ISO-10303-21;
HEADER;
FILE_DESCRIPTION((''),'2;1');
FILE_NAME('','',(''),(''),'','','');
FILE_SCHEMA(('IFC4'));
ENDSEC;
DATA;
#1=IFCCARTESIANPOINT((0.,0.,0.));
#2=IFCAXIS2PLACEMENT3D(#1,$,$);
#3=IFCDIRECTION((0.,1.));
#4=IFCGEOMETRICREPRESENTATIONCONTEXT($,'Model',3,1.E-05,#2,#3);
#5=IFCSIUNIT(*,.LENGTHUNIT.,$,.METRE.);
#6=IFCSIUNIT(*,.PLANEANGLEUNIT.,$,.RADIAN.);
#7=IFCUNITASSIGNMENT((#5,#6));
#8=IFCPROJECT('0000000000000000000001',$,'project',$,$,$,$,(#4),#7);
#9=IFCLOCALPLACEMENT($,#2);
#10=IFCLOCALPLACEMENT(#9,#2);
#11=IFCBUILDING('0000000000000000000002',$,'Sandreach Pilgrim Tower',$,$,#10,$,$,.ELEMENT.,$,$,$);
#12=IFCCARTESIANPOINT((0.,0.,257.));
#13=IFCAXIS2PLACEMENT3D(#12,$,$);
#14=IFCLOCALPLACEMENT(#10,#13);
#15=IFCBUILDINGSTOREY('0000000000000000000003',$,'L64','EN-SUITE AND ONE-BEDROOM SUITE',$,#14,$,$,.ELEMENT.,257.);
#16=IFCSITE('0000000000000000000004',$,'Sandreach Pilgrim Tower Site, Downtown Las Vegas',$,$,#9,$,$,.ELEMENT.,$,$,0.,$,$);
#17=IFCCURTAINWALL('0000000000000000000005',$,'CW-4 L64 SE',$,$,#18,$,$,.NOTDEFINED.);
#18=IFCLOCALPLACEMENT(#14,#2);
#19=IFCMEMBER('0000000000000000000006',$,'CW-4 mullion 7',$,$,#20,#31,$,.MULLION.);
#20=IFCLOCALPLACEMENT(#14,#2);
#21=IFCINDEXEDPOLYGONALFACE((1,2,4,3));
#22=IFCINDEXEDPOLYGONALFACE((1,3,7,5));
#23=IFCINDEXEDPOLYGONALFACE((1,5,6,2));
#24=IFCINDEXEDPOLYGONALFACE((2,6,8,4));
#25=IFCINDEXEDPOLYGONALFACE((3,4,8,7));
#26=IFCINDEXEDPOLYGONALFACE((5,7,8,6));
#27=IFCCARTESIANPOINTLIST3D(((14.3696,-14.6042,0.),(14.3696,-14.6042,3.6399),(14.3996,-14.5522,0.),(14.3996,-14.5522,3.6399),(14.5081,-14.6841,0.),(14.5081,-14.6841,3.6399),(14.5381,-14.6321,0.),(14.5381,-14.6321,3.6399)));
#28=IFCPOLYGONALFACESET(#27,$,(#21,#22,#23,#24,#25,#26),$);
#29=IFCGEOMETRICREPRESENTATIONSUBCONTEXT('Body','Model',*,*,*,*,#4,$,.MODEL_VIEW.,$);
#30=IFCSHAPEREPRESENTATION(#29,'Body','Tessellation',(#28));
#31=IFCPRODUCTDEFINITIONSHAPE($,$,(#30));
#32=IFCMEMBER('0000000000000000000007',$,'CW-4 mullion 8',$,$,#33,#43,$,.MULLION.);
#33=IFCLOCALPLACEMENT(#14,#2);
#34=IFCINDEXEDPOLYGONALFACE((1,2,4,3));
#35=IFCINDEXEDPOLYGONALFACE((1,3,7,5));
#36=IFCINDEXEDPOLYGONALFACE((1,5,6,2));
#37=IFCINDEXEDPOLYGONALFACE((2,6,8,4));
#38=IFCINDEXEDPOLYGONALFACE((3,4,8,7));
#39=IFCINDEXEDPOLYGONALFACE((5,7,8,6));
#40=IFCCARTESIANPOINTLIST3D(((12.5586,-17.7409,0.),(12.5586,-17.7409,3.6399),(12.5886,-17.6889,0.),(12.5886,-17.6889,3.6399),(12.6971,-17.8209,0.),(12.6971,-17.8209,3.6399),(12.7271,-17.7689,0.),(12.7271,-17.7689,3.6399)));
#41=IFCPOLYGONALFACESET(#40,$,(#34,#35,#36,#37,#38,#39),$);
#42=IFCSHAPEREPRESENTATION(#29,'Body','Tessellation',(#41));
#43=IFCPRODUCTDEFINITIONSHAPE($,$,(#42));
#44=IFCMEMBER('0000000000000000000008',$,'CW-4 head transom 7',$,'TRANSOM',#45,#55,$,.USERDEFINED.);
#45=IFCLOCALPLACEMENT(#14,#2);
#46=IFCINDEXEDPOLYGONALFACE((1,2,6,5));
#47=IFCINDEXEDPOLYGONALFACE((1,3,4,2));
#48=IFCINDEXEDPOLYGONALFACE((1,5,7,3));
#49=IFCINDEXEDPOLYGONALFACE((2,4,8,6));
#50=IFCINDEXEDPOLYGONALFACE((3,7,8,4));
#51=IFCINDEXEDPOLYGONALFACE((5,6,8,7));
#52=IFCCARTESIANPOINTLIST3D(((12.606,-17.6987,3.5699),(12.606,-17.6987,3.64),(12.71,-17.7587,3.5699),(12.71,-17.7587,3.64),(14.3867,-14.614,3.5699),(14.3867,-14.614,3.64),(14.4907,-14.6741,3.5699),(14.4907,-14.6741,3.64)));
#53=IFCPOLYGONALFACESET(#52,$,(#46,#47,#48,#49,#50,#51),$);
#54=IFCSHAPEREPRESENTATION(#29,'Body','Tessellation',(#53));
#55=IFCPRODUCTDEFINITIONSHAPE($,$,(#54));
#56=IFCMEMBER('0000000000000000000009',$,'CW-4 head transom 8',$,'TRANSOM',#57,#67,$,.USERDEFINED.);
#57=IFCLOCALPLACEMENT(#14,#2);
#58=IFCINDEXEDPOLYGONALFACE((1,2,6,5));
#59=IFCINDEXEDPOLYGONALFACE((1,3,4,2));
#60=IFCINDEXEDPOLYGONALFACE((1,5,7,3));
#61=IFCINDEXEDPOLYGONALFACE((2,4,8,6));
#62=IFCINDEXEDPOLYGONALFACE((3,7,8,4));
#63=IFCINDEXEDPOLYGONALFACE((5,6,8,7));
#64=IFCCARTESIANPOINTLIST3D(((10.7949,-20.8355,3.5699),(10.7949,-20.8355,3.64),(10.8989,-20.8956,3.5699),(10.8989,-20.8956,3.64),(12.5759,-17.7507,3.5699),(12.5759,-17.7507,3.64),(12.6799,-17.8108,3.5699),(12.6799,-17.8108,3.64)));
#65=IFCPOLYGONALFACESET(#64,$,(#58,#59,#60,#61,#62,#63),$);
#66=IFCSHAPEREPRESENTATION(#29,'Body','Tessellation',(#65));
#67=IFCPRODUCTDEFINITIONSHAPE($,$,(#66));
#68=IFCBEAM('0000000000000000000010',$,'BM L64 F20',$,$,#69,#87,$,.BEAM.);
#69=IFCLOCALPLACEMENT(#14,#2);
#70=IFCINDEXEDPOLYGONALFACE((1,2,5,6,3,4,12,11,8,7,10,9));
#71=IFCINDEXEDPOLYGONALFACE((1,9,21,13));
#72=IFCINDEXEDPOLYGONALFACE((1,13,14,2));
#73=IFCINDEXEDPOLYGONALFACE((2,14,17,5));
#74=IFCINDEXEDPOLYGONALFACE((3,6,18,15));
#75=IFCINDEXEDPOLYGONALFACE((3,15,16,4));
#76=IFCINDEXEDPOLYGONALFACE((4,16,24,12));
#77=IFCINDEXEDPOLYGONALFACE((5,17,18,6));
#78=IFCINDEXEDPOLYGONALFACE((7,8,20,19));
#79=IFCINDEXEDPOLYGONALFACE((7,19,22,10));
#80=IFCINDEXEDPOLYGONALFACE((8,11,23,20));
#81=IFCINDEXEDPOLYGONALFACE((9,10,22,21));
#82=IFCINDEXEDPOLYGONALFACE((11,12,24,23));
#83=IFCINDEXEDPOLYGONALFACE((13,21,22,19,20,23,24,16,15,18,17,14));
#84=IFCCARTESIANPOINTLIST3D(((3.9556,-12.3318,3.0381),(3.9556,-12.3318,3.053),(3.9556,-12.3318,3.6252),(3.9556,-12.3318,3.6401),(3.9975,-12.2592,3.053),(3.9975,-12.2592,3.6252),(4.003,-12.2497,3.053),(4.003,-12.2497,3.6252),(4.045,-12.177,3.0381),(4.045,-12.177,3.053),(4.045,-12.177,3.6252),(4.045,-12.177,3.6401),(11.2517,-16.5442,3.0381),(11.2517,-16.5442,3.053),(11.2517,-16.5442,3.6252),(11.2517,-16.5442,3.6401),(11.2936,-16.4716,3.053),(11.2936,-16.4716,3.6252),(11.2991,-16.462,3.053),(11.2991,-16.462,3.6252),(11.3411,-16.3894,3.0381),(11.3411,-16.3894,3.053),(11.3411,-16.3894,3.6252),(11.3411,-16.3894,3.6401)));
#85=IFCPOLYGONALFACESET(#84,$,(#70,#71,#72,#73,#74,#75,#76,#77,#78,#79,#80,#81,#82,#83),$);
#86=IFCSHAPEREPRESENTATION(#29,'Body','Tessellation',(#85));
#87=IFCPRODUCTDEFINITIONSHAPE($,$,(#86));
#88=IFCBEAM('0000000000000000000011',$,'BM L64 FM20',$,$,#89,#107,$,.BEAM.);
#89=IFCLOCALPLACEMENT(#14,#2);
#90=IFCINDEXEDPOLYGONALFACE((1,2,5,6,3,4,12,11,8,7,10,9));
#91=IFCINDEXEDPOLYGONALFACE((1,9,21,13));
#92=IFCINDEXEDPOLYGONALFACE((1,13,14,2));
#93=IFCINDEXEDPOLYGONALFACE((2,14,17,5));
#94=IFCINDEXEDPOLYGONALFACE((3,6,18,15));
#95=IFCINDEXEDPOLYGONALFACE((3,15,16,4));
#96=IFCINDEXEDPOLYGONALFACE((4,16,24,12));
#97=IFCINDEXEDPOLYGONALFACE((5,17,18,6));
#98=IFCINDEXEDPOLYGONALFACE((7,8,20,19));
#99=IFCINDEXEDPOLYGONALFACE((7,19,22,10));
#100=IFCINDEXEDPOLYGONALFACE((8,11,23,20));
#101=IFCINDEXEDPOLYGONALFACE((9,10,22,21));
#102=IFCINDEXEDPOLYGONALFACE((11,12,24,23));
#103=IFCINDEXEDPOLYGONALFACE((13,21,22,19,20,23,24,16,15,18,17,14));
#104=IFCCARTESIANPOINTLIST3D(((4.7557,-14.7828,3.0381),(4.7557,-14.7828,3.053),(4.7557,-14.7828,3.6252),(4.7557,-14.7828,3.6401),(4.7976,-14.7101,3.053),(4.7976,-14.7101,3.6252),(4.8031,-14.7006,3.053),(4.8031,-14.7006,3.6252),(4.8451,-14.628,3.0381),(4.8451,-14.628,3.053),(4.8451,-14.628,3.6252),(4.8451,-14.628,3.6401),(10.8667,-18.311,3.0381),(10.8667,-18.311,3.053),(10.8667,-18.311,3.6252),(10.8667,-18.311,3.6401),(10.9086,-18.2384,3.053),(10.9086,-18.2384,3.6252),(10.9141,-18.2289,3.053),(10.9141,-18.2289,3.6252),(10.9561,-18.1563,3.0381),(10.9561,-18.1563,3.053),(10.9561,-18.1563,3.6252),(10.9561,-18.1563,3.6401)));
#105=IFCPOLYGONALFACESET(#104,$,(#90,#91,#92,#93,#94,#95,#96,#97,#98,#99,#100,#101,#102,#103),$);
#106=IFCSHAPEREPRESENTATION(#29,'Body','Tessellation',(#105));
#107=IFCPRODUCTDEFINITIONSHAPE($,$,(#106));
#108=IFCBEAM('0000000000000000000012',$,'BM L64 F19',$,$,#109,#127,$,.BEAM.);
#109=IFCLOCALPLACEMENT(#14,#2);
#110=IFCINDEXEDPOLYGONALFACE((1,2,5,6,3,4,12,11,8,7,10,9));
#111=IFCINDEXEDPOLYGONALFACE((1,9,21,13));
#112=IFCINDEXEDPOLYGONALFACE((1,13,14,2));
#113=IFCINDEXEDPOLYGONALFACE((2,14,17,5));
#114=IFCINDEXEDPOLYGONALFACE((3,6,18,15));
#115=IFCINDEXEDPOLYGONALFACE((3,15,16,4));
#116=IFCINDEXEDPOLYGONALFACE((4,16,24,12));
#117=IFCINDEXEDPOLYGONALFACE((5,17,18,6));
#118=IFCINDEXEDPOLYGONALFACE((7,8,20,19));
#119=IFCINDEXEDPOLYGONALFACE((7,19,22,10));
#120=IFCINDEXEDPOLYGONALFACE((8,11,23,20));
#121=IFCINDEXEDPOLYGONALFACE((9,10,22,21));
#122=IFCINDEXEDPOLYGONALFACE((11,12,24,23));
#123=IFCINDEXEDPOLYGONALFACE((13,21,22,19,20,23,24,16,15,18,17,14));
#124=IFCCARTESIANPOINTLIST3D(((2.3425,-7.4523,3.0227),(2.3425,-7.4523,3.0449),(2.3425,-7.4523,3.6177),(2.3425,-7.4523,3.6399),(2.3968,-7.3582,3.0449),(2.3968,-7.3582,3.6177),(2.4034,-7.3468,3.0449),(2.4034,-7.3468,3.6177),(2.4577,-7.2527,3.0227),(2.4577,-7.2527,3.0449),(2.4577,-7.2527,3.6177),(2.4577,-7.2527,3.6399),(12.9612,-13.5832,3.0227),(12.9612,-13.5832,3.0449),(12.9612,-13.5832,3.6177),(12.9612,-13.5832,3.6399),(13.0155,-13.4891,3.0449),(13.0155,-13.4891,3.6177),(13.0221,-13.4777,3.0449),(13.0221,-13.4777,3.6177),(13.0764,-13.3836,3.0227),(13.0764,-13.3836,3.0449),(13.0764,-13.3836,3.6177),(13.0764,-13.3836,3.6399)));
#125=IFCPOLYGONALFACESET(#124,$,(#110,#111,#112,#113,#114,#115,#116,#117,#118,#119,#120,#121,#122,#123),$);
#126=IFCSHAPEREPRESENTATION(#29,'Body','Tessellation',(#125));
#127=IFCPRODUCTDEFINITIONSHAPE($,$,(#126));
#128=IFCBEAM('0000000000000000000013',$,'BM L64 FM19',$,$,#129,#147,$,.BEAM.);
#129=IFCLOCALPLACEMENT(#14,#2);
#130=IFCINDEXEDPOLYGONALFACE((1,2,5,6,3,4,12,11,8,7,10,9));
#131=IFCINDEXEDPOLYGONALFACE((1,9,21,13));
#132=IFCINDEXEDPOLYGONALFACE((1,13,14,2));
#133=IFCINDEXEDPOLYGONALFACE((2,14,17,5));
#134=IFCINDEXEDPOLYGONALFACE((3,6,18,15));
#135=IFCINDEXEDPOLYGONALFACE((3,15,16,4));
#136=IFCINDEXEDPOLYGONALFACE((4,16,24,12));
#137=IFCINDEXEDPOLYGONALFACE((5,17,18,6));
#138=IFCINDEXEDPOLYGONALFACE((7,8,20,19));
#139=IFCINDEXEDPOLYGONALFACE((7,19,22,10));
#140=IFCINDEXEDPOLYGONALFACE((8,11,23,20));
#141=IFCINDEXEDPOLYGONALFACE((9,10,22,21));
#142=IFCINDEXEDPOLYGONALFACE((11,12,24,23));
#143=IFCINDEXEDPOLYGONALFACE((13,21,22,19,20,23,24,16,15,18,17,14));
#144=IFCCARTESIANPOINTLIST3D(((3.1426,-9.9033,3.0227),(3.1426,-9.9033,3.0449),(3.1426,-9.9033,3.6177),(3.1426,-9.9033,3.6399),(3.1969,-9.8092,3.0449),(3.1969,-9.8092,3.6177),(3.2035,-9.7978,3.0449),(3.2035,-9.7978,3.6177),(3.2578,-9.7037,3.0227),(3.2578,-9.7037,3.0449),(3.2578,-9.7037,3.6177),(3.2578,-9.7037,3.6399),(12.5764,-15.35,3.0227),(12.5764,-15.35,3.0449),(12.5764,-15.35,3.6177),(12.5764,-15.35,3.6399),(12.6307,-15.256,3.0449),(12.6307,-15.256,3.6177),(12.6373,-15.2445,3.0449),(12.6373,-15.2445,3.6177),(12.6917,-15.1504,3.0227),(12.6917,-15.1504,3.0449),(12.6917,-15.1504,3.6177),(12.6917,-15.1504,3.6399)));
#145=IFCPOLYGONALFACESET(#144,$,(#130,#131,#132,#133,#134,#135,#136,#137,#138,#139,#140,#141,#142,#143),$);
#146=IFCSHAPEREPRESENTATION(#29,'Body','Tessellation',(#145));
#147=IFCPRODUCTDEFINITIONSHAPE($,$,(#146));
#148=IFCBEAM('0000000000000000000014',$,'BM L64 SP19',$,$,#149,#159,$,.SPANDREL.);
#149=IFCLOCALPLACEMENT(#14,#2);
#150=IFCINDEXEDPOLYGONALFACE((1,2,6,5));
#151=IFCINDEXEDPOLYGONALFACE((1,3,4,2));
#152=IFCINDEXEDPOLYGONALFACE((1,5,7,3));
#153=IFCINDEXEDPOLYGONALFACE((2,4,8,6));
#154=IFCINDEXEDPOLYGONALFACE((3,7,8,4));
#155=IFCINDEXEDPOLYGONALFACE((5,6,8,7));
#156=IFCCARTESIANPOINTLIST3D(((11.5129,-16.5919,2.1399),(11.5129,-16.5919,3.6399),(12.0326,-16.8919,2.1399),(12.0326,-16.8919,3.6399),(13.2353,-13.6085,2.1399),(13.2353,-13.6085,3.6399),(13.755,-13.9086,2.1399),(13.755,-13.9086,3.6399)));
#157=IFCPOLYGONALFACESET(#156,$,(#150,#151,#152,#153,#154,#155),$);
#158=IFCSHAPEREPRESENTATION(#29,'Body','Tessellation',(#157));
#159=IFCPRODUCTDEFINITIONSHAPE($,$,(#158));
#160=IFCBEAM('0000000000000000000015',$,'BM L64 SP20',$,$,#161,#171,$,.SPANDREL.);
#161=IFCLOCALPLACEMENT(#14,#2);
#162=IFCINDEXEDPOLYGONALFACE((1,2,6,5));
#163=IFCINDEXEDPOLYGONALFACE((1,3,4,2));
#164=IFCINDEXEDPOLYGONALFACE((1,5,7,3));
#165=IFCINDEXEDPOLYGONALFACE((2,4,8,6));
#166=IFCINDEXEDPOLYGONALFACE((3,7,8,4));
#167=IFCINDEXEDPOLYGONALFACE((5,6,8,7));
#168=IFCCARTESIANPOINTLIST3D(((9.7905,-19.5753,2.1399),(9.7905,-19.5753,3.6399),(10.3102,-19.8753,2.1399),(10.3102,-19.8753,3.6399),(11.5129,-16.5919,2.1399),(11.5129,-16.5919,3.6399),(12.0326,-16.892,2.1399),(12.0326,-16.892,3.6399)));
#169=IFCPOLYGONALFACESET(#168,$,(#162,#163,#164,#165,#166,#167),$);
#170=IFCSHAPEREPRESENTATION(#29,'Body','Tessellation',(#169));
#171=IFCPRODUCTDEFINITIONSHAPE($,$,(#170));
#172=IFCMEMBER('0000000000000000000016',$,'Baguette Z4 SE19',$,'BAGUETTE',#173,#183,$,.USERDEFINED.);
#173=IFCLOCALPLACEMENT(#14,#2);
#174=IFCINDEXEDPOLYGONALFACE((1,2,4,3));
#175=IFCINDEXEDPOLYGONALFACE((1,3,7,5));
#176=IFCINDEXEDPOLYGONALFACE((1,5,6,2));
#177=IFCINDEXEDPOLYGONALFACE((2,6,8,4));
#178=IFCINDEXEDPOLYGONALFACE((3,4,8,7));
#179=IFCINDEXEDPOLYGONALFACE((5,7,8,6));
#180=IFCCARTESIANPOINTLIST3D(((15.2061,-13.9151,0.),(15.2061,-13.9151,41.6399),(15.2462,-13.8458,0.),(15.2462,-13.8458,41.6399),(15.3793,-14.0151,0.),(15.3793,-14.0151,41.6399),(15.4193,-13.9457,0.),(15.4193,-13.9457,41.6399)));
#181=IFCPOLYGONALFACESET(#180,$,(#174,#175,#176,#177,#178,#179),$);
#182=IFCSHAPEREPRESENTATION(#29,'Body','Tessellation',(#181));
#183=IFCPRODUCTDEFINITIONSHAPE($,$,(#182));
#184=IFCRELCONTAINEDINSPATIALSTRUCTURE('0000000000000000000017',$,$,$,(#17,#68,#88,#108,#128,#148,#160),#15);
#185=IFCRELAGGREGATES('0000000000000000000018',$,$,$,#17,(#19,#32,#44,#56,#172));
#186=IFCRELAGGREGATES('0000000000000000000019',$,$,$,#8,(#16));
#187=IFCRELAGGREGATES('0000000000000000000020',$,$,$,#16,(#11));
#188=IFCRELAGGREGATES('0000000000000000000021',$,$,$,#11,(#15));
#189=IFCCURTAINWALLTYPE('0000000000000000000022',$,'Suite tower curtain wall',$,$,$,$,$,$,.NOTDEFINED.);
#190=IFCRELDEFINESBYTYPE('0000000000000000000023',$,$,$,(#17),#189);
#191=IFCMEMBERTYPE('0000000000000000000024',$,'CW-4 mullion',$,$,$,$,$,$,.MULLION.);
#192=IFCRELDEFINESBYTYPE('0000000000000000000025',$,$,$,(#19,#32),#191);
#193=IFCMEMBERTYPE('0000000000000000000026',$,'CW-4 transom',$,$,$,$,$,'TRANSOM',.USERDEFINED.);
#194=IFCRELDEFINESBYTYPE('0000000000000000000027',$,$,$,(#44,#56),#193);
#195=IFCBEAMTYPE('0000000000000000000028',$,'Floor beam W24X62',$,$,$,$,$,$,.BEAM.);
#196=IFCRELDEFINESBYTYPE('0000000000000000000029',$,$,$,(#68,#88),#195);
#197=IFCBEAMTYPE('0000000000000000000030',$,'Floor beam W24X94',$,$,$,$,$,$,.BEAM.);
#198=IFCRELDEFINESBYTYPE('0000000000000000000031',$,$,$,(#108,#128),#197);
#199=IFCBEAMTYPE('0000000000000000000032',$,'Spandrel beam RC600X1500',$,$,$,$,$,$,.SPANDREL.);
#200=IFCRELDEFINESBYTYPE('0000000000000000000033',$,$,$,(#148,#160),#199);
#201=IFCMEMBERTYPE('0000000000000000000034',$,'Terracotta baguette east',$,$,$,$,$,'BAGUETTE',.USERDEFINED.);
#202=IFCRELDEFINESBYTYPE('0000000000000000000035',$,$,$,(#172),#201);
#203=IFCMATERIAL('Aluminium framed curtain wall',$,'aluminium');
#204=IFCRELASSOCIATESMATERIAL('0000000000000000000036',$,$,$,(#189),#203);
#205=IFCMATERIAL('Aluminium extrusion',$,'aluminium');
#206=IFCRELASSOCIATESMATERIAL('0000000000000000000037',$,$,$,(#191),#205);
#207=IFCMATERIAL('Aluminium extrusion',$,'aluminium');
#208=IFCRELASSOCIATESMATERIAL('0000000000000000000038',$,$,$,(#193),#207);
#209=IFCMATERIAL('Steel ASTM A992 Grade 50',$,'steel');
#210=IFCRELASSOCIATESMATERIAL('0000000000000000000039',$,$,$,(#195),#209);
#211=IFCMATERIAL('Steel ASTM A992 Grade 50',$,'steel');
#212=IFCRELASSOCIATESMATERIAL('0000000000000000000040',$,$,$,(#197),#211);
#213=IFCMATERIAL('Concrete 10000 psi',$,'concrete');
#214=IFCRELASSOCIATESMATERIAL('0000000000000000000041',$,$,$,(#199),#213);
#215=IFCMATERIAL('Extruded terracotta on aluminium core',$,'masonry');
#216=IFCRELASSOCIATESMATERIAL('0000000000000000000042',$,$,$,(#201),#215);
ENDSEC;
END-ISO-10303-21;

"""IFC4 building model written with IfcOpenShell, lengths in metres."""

from ifc_helpers import new_model, si_unit, direction, frame, origin, origin_2d, place, context, subcontext, project, spatial, rectangle, i_section, extrude, material, material_profile, profile_set, type_object, element, aggregate, save


model = new_model("IFC4")

# Units and contexts
model_context = context("Model", 3, precision=1e-05, world=origin(), true_north=direction((0.0, 1.0)))
body_context = subcontext(model_context, "Body", "Model", "MODEL_VIEW")
ifc_project = project(units=[si_unit("LENGTHUNIT", "METRE"), si_unit("PLANEANGLEUNIT", "RADIAN")], contexts=[model_context])

# Site, building, storey
site_placement = place(None, origin())
site = spatial("IfcSite", under=ifc_project, at=site_placement, Name="Sandreach Pilgrim Tower Site, Downtown Las Vegas", CompositionType="ELEMENT", RefElevation=0.0)
building_placement = place(site_placement, origin())
building = spatial("IfcBuilding", under=site, at=building_placement, Name="Sandreach Pilgrim Tower", CompositionType="ELEMENT")
storey_placement = place(building_placement, frame((0.0, 0.0, 257.0)))
storey = spatial("IfcBuildingStorey", under=building, at=storey_placement, Name="L64", Description="EN-SUITE AND ONE-BEDROOM SUITE", CompositionType="ELEMENT", Elevation=257.0)

# Curtain wall, members
ifc_material_1 = material(Name="Aluminium framed curtain wall", Category="aluminium")
curtain_wall_type = type_object("IfcCurtainWallType", Name="Suite tower curtain wall", PredefinedType="NOTDEFINED", material=ifc_material_1)
curtain_wall_placement = place(storey_placement, origin())
curtain_wall = element("IfcCurtainWall", 1, at=curtain_wall_placement, inside=storey, type_object=curtain_wall_type, Name="CW-4 L64 SE", PredefinedType="NOTDEFINED")
ifc_material_2 = material(Name="Aluminium extrusion", Category="aluminium")
ifc_material_profile_1 = material_profile(ifc_material_2, rectangle(XDim=0.0601, YDim=0.1599, at=origin_2d()), Name="CW-4M 60X160")
ifc_profile_set_1 = profile_set([ifc_material_profile_1], Name="Aluminium extrusion")
member_type_1 = type_object("IfcMemberType", Name="CW-4 mullion", PredefinedType="MULLION", material=ifc_profile_set_1)
member_1_placement = place(storey_placement, frame((14.4539, -14.6182, 0.0), z_axis=(0.0, 0.0, 1.0), x_axis=(-0.5, -0.866025, 0.0)))
member_1 = element("IfcMember", 2, at=member_1_placement, type_object=member_type_1, Name="CW-4 mullion 7", PredefinedType="MULLION", context=body_context, shape_type="SweptSolid", body=[
    extrude(rectangle(XDim=0.0601, YDim=0.1599, at=origin_2d()), origin(), (0.0, 0.0, 1.0), 3.6399),
])
member_2_placement = place(storey_placement, frame((12.6428, -17.7549, 0.0), z_axis=(0.0, 0.0, 1.0), x_axis=(-0.5, -0.866025, 0.0)))
member_2 = element("IfcMember", 3, at=member_2_placement, type_object=member_type_1, Name="CW-4 mullion 8", PredefinedType="MULLION", context=body_context, shape_type="SweptSolid", body=[
    extrude(rectangle(XDim=0.0601, YDim=0.1599, at=origin_2d()), origin(), (0.0, 0.0, 1.0), 3.6399),
])
ifc_material_3 = material(Name="Aluminium extrusion", Category="aluminium")
ifc_material_profile_2 = material_profile(ifc_material_3, rectangle(XDim=0.1201, YDim=0.0701, at=origin_2d()), Name="CW-4T 120X70")
ifc_profile_set_2 = profile_set([ifc_material_profile_2], Name="Aluminium extrusion")
member_type_2 = type_object("IfcMemberType", Name="CW-4 transom", ElementType="TRANSOM", PredefinedType="USERDEFINED", material=ifc_profile_set_2)
member_3_placement = place(storey_placement, frame((14.4387, -14.644, 3.605), z_axis=(-0.499958, -0.86605, 0.0), x_axis=(0.86605, -0.499958, 0.0)))
member_3 = element("IfcMember", 4, at=member_3_placement, type_object=member_type_2, Name="CW-4 head transom 7", ObjectType="TRANSOM", PredefinedType="USERDEFINED", context=body_context, shape_type="SweptSolid", body=[
    extrude(rectangle(XDim=0.1201, YDim=0.0701, at=origin_2d()), origin(), (0.0, 0.0, 1.0), 3.5618),
])
member_4_placement = place(storey_placement, frame((12.6279, -17.7808, 3.605), z_axis=(-0.500009, -0.86602, 0.0), x_axis=(0.86602, -0.500009, 0.0)))
member_4 = element("IfcMember", 5, at=member_4_placement, type_object=member_type_2, Name="CW-4 head transom 8", ObjectType="TRANSOM", PredefinedType="USERDEFINED", context=body_context, shape_type="SweptSolid", body=[
    extrude(rectangle(XDim=0.1201, YDim=0.0701, at=origin_2d()), origin(), (0.0, 0.0, 1.0), 3.562),
])

# Beams
ifc_material_4 = material(Name="Steel ASTM A992 Grade 50", Category="steel")
ifc_material_profile_3 = material_profile(ifc_material_4, i_section(OverallWidth=0.1787, OverallDepth=0.6021, WebThickness=0.011, FlangeThickness=0.0149, at=origin_2d()), Name="W24X62")
ifc_profile_set_3 = profile_set([ifc_material_profile_3], Name="Steel ASTM A992 Grade 50")
beam_type_1 = type_object("IfcBeamType", Name="Floor beam W24X62", PredefinedType="BEAM", material=ifc_profile_set_3)
beam_1_placement = place(storey_placement, frame((11.2964, -16.4668, 3.3391), z_axis=(-0.866027, 0.499998, 0.0), x_axis=(-0.499998, -0.866027, 0.0)))
element("IfcBeam", 6, at=beam_1_placement, inside=storey, type_object=beam_type_1, Name="BM L64 F20", PredefinedType="BEAM", context=body_context, shape_type="SweptSolid", body=[
    extrude(i_section(OverallWidth=0.1787, OverallDepth=0.6021, WebThickness=0.011, FlangeThickness=0.0149, at=origin_2d()), origin(), (0.0, 0.0, 1.0), 8.4248),
])
beam_2_placement = place(storey_placement, frame((10.9114, -18.2336, 3.3391), z_axis=(-0.86602, 0.500009, 0.0), x_axis=(-0.500009, -0.86602, 0.0)))
element("IfcBeam", 7, at=beam_2_placement, inside=storey, type_object=beam_type_1, Name="BM L64 FM20", PredefinedType="BEAM", context=body_context, shape_type="SweptSolid", body=[
    extrude(i_section(OverallWidth=0.1787, OverallDepth=0.6021, WebThickness=0.011, FlangeThickness=0.0149, at=origin_2d()), origin(), (0.0, 0.0, 1.0), 7.0564),
])
ifc_material_5 = material(Name="Steel ASTM A992 Grade 50", Category="steel")
ifc_material_profile_4 = material_profile(ifc_material_5, i_section(OverallWidth=0.2305, OverallDepth=0.6172, WebThickness=0.0132, FlangeThickness=0.0222, at=origin_2d()), Name="W24X94")
ifc_profile_set_4 = profile_set([ifc_material_profile_4], Name="Steel ASTM A992 Grade 50")
beam_type_2 = type_object("IfcBeamType", Name="Floor beam W24X94", PredefinedType="BEAM", material=ifc_profile_set_4)
beam_3_placement = place(storey_placement, frame((13.0188, -13.4834, 3.3313), z_axis=(-0.866019, 0.500011, 0.0), x_axis=(-0.500011, -0.866019, 0.0)))
element("IfcBeam", 8, at=beam_3_placement, inside=storey, type_object=beam_type_2, Name="BM L64 F19", PredefinedType="BEAM", context=body_context, shape_type="SweptSolid", body=[
    extrude(i_section(OverallWidth=0.2305, OverallDepth=0.6172, WebThickness=0.0132, FlangeThickness=0.0222, at=origin_2d()), origin(), (0.0, 0.0, 1.0), 12.2615),
])
beam_4_placement = place(storey_placement, frame((12.634, -15.2502, 3.3313), z_axis=(-0.86602, 0.50001, 0.0), x_axis=(-0.50001, -0.86602, 0.0)))
element("IfcBeam", 9, at=beam_4_placement, inside=storey, type_object=beam_type_2, Name="BM L64 FM19", PredefinedType="BEAM", context=body_context, shape_type="SweptSolid", body=[
    extrude(i_section(OverallWidth=0.2305, OverallDepth=0.6172, WebThickness=0.0132, FlangeThickness=0.0222, at=origin_2d()), origin(), (0.0, 0.0, 1.0), 10.8933),
])
ifc_material_6 = material(Name="Concrete 10000 psi", Category="concrete")
ifc_material_profile_5 = material_profile(ifc_material_6, rectangle(XDim=0.6001, YDim=1.5, at=origin_2d()), Name="RC600X1500")
ifc_profile_set_5 = profile_set([ifc_material_profile_5], Name="Concrete 10000 psi")
beam_type_3 = type_object("IfcBeamType", Name="Spandrel beam RC600X1500", PredefinedType="SPANDREL", material=ifc_profile_set_5)
for number, where, z_axis, x_axis, name in (
    (10, (13.4951, -13.7585, 2.8899), (-0.499988, -0.866032, 0.0), (0.866032, -0.499988, 0.0), "BM L64 SP19"),
    (11, (11.7727, -16.7419, 2.8899), (-0.499988, -0.866032, 0.0), (0.866032, -0.499988, 0.0), "BM L64 SP20"),
):
    element("IfcBeam", number, at=place(storey_placement, frame(where, z_axis=z_axis, x_axis=x_axis)), inside=storey, type_object=beam_type_3, Name=name, PredefinedType="SPANDREL", context=body_context, shape_type="SweptSolid", body=[
        extrude(rectangle(XDim=0.6001, YDim=1.5, at=origin_2d()), origin(), (0.0, 0.0, 1.0), 3.4448),
    ])

# Member
ifc_material_7 = material(Name="Extruded terracotta on aluminium core", Category="masonry")
ifc_material_profile_6 = material_profile(ifc_material_7, rectangle(XDim=0.0801, YDim=0.2, at=origin_2d()), Name="TBE 80X200")
ifc_profile_set_6 = profile_set([ifc_material_profile_6], Name="Extruded terracotta on aluminium core")
member_type_3 = type_object("IfcMemberType", Name="Terracotta baguette east", ElementType="BAGUETTE", PredefinedType="USERDEFINED", material=ifc_profile_set_6)
member_5_placement = place(storey_placement, frame((15.3127, -13.9304, 0.0), z_axis=(0.0, 0.0, 1.0), x_axis=(-0.5, -0.866025, 0.0)))
member_5 = element("IfcMember", 12, at=member_5_placement, type_object=member_type_3, Name="Baguette Z4 SE19", ObjectType="BAGUETTE", PredefinedType="USERDEFINED", context=body_context, shape_type="SweptSolid", body=[
    extrude(rectangle(XDim=0.0801, YDim=0.2, at=origin_2d()), origin(), (0.0, 0.0, 1.0), 41.6399),
])

aggregate(curtain_wall, [member_1, member_2, member_3, member_4, member_5])

save(model, "model.ifc")
